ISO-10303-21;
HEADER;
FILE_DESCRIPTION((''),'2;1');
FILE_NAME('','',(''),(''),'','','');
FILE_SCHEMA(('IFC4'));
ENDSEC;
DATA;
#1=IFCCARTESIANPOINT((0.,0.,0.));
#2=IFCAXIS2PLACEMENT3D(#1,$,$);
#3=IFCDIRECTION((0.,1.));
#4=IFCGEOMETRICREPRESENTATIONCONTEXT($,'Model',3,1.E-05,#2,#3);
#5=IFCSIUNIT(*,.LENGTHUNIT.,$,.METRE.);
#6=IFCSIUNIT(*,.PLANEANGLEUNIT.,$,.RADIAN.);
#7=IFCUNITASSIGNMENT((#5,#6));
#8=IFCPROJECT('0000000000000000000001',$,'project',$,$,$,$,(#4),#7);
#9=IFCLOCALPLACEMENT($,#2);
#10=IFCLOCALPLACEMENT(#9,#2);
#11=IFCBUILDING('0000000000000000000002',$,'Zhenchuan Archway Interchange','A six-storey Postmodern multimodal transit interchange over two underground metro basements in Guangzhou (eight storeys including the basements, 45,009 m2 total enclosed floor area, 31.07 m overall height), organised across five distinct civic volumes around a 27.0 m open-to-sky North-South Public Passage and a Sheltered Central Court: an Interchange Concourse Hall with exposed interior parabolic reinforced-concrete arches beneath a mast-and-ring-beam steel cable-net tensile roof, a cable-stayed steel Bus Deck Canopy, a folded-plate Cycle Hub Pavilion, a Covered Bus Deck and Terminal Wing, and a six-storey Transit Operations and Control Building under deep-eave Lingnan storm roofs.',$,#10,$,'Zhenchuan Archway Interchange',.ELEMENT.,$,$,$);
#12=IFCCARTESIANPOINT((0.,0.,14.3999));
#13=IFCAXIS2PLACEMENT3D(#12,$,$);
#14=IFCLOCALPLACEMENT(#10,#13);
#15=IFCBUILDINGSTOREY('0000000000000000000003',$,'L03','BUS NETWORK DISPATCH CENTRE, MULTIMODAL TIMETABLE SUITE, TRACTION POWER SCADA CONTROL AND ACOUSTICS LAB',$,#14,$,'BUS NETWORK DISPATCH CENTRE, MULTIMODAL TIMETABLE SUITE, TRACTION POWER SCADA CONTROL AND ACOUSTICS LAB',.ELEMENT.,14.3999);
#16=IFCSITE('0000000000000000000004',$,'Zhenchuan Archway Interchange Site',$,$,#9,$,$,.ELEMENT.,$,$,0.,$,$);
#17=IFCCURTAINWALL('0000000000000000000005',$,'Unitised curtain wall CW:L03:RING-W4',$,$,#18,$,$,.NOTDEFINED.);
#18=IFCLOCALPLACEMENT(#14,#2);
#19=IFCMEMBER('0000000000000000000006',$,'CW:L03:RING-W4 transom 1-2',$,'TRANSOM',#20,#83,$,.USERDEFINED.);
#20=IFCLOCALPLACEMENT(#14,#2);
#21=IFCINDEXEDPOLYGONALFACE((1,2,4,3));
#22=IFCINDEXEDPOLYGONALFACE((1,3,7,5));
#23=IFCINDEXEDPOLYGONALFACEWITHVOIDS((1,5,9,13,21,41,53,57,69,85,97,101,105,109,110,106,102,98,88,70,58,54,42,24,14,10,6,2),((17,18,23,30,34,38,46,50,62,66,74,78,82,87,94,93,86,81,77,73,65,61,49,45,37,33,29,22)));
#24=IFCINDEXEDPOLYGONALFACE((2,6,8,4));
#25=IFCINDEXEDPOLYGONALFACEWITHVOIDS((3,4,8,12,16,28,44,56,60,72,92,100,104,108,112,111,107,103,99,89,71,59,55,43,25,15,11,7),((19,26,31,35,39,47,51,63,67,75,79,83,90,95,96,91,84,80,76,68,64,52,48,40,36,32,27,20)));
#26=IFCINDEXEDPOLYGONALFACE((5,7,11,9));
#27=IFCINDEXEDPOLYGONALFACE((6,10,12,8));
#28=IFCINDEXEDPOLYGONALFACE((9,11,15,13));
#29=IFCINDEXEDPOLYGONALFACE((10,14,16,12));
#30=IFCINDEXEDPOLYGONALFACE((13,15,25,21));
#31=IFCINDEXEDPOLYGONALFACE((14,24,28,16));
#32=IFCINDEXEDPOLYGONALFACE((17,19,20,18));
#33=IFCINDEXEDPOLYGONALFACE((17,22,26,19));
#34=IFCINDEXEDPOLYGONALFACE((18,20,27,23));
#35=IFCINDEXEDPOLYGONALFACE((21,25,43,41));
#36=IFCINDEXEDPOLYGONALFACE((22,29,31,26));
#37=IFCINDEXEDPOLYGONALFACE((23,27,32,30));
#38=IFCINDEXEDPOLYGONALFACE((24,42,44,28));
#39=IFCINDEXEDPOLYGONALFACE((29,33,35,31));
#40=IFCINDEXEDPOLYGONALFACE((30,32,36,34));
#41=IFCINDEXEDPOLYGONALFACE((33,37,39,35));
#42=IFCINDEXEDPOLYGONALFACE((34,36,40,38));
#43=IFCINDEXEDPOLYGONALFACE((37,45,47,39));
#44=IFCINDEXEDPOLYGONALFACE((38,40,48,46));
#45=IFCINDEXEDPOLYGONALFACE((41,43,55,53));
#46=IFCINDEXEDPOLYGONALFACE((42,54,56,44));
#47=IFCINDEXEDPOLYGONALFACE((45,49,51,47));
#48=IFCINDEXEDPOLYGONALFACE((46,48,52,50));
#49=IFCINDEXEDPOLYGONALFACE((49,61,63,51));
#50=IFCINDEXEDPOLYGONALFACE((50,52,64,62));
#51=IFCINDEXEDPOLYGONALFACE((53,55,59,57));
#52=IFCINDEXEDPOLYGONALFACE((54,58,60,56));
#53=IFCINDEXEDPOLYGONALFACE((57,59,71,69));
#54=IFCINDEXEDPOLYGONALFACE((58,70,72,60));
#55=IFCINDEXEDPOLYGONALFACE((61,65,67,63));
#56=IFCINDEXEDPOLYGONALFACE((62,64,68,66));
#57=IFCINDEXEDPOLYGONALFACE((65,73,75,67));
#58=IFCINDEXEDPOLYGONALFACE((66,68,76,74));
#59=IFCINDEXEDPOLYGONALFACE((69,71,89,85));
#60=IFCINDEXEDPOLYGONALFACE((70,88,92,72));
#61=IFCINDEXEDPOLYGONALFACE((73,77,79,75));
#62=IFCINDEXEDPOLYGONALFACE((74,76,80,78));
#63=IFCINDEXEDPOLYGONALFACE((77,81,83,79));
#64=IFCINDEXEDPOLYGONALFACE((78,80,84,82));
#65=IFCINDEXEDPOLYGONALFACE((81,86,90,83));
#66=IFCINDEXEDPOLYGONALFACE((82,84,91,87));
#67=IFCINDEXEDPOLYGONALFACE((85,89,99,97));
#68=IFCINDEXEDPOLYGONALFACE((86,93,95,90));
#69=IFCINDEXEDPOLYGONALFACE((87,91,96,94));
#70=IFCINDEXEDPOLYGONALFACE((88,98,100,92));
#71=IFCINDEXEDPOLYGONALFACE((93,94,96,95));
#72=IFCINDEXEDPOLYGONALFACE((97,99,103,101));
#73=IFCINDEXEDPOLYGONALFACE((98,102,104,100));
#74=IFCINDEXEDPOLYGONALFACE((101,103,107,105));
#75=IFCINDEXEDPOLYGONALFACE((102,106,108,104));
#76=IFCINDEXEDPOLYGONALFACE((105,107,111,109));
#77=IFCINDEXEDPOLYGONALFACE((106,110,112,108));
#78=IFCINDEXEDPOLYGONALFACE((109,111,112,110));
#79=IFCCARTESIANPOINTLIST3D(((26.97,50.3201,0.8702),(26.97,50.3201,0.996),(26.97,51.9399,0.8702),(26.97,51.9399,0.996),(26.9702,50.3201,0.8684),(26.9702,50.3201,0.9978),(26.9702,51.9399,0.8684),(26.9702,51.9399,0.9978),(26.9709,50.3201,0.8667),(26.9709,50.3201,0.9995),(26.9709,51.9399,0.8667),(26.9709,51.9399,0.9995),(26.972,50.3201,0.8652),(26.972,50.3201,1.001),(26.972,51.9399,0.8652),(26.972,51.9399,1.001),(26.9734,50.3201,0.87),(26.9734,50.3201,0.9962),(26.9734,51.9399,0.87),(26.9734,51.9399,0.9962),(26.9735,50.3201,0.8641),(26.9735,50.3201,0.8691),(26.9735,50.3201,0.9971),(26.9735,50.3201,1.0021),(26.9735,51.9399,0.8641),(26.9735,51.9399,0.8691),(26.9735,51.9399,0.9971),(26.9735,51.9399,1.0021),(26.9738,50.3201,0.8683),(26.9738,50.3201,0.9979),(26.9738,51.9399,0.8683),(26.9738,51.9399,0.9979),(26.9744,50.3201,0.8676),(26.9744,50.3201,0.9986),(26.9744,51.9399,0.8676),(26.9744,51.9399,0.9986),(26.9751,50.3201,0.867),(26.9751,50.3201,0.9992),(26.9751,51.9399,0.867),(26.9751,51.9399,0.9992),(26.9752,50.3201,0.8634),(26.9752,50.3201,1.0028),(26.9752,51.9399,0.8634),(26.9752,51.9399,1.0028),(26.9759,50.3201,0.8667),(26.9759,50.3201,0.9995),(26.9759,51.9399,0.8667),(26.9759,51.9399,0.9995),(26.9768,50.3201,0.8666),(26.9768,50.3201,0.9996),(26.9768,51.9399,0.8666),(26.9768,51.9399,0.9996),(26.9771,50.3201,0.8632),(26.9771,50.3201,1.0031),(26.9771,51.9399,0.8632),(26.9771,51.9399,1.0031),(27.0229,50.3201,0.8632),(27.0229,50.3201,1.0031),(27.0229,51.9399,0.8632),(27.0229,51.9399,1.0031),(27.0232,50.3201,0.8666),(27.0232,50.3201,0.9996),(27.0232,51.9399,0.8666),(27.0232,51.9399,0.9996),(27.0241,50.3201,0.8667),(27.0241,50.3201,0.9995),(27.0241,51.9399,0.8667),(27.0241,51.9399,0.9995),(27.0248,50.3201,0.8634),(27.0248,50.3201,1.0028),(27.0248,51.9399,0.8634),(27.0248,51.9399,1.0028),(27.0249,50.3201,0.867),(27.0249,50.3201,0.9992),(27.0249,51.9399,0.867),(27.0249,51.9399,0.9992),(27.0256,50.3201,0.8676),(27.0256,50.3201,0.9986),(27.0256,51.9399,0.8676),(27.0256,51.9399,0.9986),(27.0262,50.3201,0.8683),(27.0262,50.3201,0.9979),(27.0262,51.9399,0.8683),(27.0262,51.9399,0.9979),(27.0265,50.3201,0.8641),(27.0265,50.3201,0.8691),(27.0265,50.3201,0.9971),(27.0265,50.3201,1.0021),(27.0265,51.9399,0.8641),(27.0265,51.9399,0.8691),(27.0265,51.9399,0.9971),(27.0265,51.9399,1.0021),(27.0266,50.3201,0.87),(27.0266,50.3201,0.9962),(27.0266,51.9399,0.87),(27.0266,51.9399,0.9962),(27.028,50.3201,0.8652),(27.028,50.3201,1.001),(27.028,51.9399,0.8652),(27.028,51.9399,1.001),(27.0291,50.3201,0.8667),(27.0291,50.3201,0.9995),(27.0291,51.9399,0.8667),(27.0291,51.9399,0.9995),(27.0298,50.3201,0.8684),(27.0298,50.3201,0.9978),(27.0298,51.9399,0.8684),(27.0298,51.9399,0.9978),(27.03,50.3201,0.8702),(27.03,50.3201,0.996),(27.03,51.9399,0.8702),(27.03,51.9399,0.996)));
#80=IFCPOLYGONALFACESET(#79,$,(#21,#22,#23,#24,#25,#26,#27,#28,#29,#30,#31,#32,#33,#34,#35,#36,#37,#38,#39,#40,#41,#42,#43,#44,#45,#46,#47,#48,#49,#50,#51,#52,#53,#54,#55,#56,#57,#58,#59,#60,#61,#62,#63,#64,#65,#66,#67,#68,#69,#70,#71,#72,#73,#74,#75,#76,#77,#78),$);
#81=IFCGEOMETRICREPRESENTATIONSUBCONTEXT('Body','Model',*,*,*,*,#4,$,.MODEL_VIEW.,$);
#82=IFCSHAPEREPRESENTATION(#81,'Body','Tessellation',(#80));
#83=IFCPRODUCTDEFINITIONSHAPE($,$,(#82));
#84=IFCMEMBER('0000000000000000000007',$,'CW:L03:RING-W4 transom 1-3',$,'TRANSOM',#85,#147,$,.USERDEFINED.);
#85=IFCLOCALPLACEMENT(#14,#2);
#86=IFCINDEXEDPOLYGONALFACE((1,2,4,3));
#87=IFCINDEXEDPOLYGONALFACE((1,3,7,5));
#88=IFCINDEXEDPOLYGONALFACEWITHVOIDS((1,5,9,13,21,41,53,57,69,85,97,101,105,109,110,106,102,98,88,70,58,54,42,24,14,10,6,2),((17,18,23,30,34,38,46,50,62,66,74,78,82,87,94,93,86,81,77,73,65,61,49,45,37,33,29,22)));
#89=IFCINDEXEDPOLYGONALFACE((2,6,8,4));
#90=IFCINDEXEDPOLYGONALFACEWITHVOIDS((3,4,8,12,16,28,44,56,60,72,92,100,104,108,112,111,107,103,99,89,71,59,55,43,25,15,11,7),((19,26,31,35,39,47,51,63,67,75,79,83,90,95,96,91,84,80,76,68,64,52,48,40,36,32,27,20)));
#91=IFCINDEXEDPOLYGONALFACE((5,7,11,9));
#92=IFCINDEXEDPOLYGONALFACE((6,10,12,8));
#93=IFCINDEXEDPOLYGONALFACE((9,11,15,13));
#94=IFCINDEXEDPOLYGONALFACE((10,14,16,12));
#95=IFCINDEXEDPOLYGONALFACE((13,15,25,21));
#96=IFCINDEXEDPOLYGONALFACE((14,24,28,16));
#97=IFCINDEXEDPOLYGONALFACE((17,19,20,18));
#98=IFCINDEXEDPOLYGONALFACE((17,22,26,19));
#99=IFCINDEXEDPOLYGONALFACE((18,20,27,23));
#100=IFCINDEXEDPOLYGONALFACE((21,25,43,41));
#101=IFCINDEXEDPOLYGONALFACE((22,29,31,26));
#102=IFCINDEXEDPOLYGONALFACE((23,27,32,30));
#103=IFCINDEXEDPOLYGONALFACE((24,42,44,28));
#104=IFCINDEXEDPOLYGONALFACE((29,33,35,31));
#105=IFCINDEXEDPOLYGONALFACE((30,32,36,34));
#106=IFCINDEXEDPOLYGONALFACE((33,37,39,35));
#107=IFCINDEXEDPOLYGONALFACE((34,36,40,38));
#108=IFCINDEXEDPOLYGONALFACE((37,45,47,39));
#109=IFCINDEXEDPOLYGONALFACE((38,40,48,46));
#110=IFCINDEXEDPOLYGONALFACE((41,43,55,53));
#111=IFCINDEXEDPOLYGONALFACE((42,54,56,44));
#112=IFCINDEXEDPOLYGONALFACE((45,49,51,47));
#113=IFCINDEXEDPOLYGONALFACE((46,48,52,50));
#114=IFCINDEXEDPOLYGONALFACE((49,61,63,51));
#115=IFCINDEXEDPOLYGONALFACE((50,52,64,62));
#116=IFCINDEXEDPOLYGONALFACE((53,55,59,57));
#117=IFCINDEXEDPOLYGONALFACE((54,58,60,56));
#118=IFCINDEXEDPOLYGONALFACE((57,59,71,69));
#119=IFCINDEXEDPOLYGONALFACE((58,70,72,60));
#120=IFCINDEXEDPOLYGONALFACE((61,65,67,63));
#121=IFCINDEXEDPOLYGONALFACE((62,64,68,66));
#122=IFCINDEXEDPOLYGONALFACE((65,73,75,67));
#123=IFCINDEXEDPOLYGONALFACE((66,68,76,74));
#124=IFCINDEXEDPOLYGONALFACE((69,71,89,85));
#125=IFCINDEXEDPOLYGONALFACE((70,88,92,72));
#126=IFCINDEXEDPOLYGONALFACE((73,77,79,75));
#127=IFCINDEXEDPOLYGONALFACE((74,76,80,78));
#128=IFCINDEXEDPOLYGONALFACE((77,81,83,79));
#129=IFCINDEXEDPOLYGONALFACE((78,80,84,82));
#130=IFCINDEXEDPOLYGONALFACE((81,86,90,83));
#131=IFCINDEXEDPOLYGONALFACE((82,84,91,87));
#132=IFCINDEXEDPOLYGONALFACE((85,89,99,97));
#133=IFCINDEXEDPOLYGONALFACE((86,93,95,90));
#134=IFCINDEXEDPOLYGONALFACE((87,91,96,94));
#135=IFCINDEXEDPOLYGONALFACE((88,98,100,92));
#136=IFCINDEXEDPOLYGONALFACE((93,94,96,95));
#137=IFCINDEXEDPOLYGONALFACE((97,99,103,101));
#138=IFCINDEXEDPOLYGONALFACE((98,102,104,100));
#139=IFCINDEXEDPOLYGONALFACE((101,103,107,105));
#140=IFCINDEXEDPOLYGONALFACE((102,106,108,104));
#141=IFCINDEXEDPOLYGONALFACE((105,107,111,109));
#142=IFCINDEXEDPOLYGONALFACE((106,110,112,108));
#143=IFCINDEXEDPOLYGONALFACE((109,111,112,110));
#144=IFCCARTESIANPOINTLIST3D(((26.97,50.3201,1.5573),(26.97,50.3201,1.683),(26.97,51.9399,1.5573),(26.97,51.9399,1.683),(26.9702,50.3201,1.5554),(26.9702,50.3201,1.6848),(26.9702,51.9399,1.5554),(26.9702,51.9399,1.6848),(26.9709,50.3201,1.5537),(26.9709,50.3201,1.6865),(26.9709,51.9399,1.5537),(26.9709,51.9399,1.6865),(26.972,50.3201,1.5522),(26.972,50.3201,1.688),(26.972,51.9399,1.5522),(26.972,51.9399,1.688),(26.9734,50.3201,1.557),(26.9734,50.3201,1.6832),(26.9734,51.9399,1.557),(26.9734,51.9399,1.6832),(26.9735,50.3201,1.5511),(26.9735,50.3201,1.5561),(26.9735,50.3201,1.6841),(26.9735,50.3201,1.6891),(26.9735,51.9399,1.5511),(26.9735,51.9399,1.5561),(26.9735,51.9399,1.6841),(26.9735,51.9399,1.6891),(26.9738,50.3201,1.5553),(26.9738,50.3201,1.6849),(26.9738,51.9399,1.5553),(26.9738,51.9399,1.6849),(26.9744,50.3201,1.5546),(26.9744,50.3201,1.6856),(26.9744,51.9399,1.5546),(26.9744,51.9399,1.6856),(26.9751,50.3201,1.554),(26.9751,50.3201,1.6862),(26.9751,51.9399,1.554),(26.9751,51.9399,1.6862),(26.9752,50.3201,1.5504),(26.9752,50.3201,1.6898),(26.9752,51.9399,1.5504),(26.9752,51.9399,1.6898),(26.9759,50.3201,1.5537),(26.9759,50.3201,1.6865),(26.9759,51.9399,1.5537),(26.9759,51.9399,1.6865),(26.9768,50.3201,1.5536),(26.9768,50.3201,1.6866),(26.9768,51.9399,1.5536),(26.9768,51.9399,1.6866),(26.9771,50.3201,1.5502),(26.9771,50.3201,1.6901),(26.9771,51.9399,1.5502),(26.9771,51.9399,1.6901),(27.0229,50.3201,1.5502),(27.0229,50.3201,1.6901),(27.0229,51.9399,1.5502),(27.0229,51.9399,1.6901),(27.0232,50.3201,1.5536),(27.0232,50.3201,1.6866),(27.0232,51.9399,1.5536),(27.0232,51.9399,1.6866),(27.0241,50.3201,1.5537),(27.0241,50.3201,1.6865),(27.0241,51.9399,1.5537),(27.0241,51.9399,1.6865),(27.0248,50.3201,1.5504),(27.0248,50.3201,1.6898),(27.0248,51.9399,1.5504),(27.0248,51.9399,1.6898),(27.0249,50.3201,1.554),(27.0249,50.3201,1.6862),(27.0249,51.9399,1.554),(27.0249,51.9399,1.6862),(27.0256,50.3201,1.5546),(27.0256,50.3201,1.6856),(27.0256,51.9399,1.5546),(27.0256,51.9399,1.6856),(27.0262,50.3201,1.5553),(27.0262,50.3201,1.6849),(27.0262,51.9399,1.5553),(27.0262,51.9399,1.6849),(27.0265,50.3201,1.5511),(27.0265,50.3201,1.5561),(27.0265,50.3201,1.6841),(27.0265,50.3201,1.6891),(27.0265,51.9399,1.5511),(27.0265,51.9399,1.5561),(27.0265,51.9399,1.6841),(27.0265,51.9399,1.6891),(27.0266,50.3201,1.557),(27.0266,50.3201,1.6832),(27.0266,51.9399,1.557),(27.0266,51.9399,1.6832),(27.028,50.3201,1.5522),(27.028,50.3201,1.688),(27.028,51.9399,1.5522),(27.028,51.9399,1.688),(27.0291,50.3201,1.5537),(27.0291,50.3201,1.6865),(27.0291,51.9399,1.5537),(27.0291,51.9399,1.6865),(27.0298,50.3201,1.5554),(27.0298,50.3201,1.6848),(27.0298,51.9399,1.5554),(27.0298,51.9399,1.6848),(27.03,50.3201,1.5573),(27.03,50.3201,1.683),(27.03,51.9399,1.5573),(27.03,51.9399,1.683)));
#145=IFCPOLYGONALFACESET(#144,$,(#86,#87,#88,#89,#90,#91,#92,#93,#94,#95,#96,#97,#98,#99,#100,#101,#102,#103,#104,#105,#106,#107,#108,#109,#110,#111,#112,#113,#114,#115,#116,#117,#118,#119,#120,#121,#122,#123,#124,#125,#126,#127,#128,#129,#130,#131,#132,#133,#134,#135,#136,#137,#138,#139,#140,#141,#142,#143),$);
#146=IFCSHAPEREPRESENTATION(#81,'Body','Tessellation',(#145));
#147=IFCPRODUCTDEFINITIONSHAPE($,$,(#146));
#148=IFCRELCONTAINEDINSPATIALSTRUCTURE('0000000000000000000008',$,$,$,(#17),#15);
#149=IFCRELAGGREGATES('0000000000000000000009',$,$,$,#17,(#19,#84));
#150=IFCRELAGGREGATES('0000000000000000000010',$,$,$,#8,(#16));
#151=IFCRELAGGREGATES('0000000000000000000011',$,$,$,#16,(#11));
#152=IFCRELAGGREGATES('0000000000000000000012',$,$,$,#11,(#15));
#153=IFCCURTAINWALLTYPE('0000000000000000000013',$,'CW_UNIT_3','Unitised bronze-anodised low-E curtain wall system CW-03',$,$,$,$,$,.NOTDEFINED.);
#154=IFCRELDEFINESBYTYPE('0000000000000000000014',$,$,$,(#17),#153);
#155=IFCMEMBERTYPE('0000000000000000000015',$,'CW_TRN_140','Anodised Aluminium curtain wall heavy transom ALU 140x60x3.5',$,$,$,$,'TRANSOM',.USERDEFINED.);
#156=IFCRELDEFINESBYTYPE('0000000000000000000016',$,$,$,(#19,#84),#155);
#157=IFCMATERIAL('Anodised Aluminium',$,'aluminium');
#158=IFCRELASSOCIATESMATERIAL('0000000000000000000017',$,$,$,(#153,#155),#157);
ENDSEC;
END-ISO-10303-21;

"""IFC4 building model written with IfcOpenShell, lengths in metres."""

from ifc_helpers import new_model, si_unit, direction, frame, origin, origin_2d, place, context, subcontext, project, spatial, hollow_rectangle, extrude, material, material_profile, profile_set, type_object, element, aggregate, save


model = new_model("IFC4")

# Units and contexts
model_context = context("Model", 3, precision=1e-05, world=origin(), true_north=direction((0.0, 1.0)))
body_context = subcontext(model_context, "Body", "Model", "MODEL_VIEW")
ifc_project = project(units=[si_unit("LENGTHUNIT", "METRE"), si_unit("PLANEANGLEUNIT", "RADIAN")], contexts=[model_context])

# Site, building, storey
site_placement = place(None, origin())
site = spatial("IfcSite", under=ifc_project, at=site_placement, Name="Zhenchuan Archway Interchange Site", CompositionType="ELEMENT", RefElevation=0.0)
building_placement = place(site_placement, origin())
building = spatial("IfcBuilding", under=site, at=building_placement, Name="Zhenchuan Archway Interchange", Description="A six-storey Postmodern multimodal transit interchange over two underground metro basements in Guangzhou (eight storeys including the basements, 45,009 m2 total enclosed floor area, 31.07 m overall height), organised across five distinct civic volumes around a 27.0 m open-to-sky North-South Public Passage and a Sheltered Central Court: an Interchange Concourse Hall with exposed interior parabolic reinforced-concrete arches beneath a mast-and-ring-beam steel cable-net tensile roof, a cable-stayed steel Bus Deck Canopy, a folded-plate Cycle Hub Pavilion, a Covered Bus Deck and Terminal Wing, and a six-storey Transit Operations and Control Building under deep-eave Lingnan storm roofs.", LongName="Zhenchuan Archway Interchange", CompositionType="ELEMENT")
storey_placement = place(building_placement, frame((0.0, 0.0, 14.3999)))
storey = spatial("IfcBuildingStorey", under=building, at=storey_placement, Name="L03", Description="BUS NETWORK DISPATCH CENTRE, MULTIMODAL TIMETABLE SUITE, TRACTION POWER SCADA CONTROL AND ACOUSTICS LAB", LongName="BUS NETWORK DISPATCH CENTRE, MULTIMODAL TIMETABLE SUITE, TRACTION POWER SCADA CONTROL AND ACOUSTICS LAB", CompositionType="ELEMENT", Elevation=14.3999)

# Shared definitions
ifc_material_1 = material(Name="Anodised Aluminium", Category="aluminium")
curtain_wall_type = type_object("IfcCurtainWallType", Name="CW_UNIT_3", Description="Unitised bronze-anodised low-E curtain wall system CW-03", PredefinedType="NOTDEFINED", material=ifc_material_1)

# Curtain wall, members
curtain_wall_1_placement = place(storey_placement, origin())
curtain_wall_1 = element("IfcCurtainWall", 1, at=curtain_wall_1_placement, inside=storey, type_object=curtain_wall_type, Name="Unitised curtain wall CW:L03:RING-W4", PredefinedType="NOTDEFINED")
ifc_material_profile_1 = material_profile(ifc_material_1, hollow_rectangle(XDim=0.0601, YDim=0.1399, WallThickness=0.0034, InnerFilletRadius=0.0034, OuterFilletRadius=0.0071, at=origin_2d()), Name="ALU 140x60x3.5")
ifc_profile_set_1 = profile_set([ifc_material_profile_1], Name="Anodised Aluminium")
member_type_1 = type_object("IfcMemberType", Name="CW_TRN_140", Description="Anodised Aluminium curtain wall heavy transom ALU 140x60x3.5", ElementType="TRANSOM", PredefinedType="USERDEFINED", material=ifc_profile_set_1)
member_1_placement = place(storey_placement, frame((27.0, 50.3201, 0.9331), z_axis=(0.0, 1.0, 0.0), x_axis=(-1.0, 0.0, 0.0)))
member_1 = element("IfcMember", 2, at=member_1_placement, type_object=member_type_1, Name="CW:L03:RING-W4 transom 1-2", ObjectType="TRANSOM", PredefinedType="USERDEFINED", context=body_context, shape_type="SweptSolid", body=[
    extrude(hollow_rectangle(XDim=0.0601, YDim=0.1399, WallThickness=0.0034, InnerFilletRadius=0.0034, OuterFilletRadius=0.0071, at=origin_2d()), origin(), (0.0, 0.0, 1.0), 1.6199),
])
member_2_placement = place(storey_placement, frame((27.0, 50.3201, 1.6201), z_axis=(0.0, 1.0, 0.0), x_axis=(-1.0, 0.0, 0.0)))
member_2 = element("IfcMember", 3, at=member_2_placement, type_object=member_type_1, Name="CW:L03:RING-W4 transom 1-3", ObjectType="TRANSOM", PredefinedType="USERDEFINED", context=body_context, shape_type="SweptSolid", body=[
    extrude(hollow_rectangle(XDim=0.0601, YDim=0.1399, WallThickness=0.0034, InnerFilletRadius=0.0034, OuterFilletRadius=0.0071, at=origin_2d()), origin(), (0.0, 0.0, 1.0), 1.6199),
])

aggregate(curtain_wall_1, [member_1, member_2])

save(model, "model.ifc")
